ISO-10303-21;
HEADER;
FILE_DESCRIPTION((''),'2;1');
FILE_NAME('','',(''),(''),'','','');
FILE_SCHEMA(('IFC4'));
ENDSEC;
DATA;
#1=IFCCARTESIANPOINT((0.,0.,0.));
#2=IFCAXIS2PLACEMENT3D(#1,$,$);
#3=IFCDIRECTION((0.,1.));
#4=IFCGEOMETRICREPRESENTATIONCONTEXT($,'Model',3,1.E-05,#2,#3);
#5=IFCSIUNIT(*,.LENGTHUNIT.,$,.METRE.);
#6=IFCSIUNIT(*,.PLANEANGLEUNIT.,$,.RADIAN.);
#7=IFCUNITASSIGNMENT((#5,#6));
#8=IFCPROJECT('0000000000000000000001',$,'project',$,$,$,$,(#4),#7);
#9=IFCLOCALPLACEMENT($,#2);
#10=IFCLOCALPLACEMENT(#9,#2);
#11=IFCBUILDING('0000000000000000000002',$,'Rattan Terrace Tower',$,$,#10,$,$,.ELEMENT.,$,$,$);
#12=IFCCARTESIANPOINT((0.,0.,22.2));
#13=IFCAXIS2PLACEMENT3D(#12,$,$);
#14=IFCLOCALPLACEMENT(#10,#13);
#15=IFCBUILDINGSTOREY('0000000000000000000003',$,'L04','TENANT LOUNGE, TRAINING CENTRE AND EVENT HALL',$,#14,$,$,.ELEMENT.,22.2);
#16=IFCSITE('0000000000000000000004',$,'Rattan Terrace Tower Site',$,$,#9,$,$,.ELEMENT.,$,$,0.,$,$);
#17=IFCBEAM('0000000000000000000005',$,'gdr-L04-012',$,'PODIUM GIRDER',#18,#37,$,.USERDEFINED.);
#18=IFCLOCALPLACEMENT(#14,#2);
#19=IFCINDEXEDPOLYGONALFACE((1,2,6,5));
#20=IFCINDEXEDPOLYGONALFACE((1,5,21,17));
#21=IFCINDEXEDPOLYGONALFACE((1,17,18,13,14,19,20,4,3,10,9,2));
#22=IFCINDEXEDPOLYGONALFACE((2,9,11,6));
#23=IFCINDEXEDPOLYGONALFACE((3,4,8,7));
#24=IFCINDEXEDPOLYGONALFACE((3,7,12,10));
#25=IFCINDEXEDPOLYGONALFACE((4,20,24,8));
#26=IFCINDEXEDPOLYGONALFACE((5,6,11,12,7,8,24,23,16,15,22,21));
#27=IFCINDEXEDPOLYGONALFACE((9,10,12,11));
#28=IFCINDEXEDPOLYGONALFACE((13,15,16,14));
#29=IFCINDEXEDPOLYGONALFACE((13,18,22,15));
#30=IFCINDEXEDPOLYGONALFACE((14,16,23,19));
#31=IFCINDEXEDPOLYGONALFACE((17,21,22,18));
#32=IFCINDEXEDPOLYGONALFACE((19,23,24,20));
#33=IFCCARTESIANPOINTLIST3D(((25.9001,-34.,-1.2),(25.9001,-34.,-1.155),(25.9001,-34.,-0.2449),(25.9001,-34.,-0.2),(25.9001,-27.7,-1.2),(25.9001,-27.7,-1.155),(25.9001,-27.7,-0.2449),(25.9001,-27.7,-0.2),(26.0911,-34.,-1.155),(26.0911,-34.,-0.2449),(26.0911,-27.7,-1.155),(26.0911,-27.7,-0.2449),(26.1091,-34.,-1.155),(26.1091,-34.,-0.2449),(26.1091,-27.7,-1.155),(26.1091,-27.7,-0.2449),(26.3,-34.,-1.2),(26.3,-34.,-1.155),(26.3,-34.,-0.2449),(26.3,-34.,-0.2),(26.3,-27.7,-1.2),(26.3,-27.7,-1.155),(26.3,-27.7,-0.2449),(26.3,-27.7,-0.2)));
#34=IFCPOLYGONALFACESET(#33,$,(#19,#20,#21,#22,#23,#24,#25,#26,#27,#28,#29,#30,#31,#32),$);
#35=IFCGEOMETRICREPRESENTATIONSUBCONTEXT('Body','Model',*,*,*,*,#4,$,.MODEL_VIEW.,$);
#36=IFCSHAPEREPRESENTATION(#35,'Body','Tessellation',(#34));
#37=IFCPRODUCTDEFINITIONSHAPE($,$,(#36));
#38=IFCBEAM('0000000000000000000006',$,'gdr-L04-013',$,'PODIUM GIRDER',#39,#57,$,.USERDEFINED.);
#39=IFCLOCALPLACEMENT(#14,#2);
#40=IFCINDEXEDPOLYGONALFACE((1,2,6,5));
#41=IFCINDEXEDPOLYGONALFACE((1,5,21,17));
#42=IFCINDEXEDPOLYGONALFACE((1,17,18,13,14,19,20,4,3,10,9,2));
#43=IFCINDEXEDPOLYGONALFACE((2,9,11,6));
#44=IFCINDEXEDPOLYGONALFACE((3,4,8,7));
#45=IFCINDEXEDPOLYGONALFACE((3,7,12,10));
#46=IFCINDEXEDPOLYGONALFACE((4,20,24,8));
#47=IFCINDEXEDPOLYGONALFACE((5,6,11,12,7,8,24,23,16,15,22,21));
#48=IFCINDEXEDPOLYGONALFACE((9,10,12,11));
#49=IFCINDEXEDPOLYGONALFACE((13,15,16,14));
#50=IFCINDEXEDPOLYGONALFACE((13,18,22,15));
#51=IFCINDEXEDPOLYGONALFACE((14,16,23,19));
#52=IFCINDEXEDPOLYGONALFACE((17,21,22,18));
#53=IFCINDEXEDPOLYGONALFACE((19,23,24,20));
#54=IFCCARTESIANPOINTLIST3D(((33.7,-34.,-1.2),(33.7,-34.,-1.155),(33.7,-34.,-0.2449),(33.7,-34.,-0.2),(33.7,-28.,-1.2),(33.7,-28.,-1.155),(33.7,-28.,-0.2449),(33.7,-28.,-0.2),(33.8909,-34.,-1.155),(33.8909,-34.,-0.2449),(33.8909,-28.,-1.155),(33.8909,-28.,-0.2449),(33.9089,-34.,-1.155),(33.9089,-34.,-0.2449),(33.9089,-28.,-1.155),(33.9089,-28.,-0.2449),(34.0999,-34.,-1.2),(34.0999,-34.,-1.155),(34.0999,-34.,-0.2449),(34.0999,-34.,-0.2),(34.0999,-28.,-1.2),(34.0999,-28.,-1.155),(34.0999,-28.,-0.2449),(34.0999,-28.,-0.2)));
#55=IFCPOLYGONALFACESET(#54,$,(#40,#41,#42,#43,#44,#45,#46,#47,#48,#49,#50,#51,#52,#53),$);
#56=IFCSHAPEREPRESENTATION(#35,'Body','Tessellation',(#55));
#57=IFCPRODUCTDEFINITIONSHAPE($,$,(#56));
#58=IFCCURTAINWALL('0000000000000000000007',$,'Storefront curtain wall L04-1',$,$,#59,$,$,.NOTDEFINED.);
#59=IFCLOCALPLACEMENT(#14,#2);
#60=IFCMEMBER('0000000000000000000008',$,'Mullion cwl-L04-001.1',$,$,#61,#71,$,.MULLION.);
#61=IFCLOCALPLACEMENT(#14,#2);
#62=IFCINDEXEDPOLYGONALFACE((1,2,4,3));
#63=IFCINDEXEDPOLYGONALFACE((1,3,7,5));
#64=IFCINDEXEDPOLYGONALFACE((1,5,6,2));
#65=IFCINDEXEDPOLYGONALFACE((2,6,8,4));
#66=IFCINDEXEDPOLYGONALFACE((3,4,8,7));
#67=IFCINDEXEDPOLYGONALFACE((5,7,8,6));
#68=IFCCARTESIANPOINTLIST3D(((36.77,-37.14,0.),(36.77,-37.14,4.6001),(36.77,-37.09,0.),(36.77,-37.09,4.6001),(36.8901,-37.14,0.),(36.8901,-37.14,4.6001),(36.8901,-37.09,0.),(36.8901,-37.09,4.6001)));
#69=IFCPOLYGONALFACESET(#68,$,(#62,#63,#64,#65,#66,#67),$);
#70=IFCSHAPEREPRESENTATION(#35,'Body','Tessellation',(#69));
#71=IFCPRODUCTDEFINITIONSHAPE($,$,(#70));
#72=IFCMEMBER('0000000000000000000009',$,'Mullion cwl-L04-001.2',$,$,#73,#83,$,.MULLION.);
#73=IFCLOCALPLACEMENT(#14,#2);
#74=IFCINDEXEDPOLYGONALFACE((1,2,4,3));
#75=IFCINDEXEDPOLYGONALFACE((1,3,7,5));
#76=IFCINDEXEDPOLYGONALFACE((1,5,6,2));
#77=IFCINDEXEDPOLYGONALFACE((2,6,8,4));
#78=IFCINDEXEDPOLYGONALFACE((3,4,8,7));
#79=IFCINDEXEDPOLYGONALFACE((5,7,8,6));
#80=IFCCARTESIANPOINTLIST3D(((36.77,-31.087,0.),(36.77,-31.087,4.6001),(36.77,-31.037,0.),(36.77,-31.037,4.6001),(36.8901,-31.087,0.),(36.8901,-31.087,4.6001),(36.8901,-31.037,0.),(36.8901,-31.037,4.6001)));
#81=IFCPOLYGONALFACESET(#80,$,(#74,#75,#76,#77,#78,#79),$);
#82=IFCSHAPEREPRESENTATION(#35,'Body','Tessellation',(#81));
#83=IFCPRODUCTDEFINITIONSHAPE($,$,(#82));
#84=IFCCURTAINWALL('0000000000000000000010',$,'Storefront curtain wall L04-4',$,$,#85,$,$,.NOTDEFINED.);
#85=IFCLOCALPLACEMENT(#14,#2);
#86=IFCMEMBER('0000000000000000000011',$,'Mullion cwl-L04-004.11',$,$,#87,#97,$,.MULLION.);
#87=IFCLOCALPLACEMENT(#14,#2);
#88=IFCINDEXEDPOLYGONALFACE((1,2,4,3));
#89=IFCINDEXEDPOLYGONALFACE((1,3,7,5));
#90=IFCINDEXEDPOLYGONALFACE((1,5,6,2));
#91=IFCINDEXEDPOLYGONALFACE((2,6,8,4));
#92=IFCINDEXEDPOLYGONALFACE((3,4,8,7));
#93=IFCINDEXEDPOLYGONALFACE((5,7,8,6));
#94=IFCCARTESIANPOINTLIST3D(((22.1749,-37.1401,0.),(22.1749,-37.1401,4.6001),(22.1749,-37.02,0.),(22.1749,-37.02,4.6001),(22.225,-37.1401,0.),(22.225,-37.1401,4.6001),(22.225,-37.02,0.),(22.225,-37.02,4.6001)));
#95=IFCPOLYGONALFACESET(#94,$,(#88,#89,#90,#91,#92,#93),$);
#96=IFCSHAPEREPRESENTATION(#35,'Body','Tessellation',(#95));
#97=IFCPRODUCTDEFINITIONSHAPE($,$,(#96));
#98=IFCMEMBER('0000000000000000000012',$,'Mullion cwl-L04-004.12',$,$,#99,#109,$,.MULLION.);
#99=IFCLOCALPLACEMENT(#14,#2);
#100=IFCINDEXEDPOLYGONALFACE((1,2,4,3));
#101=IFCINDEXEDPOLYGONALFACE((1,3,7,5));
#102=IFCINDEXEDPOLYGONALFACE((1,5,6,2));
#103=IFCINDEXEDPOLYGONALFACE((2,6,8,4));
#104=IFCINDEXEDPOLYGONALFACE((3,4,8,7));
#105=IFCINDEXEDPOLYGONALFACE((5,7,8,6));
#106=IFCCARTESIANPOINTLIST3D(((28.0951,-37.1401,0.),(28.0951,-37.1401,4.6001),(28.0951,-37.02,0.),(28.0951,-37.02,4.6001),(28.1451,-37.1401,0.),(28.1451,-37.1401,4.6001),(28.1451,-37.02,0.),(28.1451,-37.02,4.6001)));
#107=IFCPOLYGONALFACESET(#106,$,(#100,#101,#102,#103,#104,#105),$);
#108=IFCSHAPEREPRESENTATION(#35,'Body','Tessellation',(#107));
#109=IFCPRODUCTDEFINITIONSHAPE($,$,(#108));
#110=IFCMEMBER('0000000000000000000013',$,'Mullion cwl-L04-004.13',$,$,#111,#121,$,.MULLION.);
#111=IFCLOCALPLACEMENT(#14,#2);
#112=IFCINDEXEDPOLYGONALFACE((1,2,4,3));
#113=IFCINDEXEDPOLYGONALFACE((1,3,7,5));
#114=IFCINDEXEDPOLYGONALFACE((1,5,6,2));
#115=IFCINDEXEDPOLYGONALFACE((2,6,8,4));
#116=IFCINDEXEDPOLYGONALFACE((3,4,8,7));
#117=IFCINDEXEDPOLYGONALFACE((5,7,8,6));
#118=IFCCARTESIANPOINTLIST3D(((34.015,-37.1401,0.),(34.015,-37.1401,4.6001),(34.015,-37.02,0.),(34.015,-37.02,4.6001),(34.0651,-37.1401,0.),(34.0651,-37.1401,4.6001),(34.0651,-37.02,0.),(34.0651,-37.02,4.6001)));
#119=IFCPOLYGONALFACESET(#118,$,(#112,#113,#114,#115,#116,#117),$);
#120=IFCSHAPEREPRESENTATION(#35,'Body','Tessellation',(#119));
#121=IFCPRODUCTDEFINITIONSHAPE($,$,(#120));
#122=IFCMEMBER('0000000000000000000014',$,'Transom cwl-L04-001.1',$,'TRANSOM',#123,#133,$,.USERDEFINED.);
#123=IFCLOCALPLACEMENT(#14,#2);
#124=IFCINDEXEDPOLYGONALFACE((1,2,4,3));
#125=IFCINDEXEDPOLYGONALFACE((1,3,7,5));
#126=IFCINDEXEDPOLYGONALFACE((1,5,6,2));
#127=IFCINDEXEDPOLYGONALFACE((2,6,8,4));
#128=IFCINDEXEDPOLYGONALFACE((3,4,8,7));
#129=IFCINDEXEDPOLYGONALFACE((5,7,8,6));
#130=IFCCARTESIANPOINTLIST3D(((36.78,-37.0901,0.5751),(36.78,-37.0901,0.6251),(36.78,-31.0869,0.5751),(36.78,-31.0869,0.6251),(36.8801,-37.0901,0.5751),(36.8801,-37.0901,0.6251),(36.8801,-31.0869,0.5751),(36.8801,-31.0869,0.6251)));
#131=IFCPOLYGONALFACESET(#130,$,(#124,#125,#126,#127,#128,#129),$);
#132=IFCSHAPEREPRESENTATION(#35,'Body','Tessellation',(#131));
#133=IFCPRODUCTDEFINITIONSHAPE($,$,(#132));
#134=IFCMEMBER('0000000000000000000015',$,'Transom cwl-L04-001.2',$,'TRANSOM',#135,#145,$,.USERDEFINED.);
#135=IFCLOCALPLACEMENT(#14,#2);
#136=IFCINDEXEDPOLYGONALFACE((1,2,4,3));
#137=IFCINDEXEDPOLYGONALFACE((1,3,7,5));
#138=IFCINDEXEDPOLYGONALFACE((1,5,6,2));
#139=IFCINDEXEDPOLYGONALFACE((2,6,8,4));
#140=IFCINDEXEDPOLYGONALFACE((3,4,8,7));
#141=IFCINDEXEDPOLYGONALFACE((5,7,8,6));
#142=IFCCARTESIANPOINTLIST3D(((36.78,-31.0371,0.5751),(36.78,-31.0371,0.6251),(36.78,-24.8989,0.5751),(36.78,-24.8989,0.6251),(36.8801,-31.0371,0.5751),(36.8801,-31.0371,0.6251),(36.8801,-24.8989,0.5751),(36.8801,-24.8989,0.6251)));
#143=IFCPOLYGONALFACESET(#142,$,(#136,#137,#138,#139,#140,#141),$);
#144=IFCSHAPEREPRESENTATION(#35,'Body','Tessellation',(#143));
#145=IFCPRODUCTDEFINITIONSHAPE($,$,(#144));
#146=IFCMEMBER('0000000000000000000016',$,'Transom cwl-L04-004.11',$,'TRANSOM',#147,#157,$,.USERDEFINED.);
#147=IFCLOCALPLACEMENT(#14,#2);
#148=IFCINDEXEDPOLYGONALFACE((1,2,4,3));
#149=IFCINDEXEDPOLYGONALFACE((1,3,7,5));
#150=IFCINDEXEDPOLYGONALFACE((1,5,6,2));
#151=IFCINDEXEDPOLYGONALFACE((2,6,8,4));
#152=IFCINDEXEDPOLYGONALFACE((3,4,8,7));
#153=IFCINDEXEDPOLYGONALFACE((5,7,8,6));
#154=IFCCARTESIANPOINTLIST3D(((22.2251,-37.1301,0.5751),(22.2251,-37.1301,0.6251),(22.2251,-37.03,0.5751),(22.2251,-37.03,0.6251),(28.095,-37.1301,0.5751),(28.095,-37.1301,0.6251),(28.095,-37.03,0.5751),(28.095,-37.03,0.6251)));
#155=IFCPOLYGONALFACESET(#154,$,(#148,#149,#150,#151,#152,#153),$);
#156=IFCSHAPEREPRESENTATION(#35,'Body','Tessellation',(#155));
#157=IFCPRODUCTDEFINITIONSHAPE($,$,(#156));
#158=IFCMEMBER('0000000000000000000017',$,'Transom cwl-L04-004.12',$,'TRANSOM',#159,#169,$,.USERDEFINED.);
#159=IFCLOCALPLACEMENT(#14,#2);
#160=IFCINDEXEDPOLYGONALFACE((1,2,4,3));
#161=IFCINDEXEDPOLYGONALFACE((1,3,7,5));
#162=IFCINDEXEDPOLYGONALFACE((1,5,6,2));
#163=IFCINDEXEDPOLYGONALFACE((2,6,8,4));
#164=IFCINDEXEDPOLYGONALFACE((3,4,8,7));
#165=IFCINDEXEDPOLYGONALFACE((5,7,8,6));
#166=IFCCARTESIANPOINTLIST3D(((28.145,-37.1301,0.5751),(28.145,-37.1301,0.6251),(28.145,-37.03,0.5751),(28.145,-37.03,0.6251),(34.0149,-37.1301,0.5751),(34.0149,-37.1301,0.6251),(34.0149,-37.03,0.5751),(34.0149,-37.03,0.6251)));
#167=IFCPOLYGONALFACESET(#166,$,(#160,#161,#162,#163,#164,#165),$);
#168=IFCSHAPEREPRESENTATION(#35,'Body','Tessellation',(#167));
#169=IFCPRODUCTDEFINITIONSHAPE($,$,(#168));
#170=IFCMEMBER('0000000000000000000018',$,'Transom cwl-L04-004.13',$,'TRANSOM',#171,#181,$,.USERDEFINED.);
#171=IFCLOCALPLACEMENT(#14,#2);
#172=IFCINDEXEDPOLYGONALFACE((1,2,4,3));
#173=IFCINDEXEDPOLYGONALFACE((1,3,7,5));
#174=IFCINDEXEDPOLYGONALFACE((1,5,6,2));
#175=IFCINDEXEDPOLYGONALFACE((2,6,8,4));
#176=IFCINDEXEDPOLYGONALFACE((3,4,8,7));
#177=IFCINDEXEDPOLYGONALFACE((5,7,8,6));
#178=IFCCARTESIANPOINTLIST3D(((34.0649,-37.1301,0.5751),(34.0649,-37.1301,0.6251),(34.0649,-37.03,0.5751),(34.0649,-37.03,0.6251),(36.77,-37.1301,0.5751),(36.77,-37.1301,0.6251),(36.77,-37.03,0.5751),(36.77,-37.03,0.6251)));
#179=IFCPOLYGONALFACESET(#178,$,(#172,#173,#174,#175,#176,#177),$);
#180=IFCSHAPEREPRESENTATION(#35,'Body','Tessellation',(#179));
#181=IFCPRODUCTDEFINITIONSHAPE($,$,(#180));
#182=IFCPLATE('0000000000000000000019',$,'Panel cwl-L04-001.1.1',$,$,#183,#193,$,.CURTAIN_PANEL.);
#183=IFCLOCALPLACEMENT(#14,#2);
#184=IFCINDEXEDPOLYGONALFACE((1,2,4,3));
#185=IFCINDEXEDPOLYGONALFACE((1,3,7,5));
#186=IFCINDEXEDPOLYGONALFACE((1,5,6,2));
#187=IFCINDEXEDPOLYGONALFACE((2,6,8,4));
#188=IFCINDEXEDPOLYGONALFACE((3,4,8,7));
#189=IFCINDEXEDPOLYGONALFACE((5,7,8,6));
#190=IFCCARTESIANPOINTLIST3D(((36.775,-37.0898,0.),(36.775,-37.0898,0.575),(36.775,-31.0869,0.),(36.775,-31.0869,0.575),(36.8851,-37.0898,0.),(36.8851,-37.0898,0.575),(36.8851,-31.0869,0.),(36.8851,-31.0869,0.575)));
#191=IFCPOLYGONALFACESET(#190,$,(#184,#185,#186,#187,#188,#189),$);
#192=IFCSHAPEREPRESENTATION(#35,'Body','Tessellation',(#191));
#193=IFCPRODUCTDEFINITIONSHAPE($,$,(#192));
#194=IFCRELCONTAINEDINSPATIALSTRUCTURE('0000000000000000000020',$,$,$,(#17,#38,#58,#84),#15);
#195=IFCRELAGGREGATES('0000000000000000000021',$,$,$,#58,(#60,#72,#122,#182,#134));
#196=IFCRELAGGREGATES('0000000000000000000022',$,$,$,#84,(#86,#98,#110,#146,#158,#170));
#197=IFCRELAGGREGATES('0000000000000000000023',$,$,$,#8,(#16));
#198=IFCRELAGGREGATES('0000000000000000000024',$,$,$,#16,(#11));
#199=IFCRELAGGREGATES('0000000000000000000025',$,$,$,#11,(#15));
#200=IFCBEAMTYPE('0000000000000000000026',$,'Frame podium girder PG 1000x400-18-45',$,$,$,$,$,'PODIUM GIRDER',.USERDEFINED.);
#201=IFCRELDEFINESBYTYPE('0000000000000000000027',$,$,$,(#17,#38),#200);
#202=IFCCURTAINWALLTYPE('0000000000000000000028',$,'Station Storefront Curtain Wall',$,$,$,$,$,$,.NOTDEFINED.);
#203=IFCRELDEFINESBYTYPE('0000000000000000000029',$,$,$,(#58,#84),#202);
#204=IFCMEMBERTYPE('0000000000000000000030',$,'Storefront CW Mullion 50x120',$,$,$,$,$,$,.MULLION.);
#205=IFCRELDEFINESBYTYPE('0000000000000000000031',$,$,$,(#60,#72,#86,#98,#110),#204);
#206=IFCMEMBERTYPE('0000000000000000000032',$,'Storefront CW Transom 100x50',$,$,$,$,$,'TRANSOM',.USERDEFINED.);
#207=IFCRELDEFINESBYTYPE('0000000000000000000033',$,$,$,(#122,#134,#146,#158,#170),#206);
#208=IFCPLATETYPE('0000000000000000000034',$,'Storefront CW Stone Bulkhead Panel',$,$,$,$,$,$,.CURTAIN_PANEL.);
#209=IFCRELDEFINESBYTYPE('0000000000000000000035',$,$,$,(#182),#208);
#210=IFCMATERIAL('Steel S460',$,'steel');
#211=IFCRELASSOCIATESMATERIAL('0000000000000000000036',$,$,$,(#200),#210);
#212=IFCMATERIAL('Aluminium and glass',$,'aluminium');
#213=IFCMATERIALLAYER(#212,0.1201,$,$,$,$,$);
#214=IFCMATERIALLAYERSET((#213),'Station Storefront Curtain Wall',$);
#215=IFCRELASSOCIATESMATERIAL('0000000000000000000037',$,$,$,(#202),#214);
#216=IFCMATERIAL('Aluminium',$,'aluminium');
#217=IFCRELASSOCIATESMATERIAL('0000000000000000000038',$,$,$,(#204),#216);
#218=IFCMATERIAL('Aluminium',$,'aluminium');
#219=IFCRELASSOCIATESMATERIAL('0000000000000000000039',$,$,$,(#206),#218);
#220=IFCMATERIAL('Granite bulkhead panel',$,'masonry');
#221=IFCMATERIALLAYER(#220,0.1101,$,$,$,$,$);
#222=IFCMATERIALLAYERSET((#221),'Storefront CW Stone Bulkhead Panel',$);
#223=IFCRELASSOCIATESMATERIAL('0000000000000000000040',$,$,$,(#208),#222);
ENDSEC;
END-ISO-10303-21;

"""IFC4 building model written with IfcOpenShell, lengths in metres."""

from ifc_helpers import new_model, si_unit, direction, frame, origin, origin_2d, place, context, subcontext, project, spatial, rectangle, i_section, extrude, material, layer, layer_set, material_profile, profile_set, type_object, element, aggregate, save


model = new_model("IFC4")

# Units and contexts
model_context = context("Model", 3, precision=1e-05, world=origin(), true_north=direction((0.0, 1.0)))
body_context = subcontext(model_context, "Body", "Model", "MODEL_VIEW")
ifc_project = project(units=[si_unit("LENGTHUNIT", "METRE"), si_unit("PLANEANGLEUNIT", "RADIAN")], contexts=[model_context])

# Site, building, storey
site_placement = place(None, origin())
site = spatial("IfcSite", under=ifc_project, at=site_placement, Name="Rattan Terrace Tower Site", CompositionType="ELEMENT", RefElevation=0.0)
building_placement = place(site_placement, origin())
building = spatial("IfcBuilding", under=site, at=building_placement, Name="Rattan Terrace Tower", CompositionType="ELEMENT")
storey_placement = place(building_placement, frame((0.0, 0.0, 22.2)))
storey = spatial("IfcBuildingStorey", under=building, at=storey_placement, Name="L04", Description="TENANT LOUNGE, TRAINING CENTRE AND EVENT HALL", CompositionType="ELEMENT", Elevation=22.2)

# Beams
ifc_material_1 = material(Name="Steel S460", Category="steel")
ifc_material_profile_1 = material_profile(ifc_material_1, i_section(OverallWidth=0.3999, OverallDepth=1.0, WebThickness=0.0181, FlangeThickness=0.0449, at=origin_2d()), Name="PG 1000x400-18-45")
ifc_profile_set_1 = profile_set([ifc_material_profile_1], Name="Steel S460")
beam_type_1 = type_object("IfcBeamType", Name="Frame podium girder PG 1000x400-18-45", ElementType="PODIUM GIRDER", PredefinedType="USERDEFINED", material=ifc_profile_set_1)
beam_1_placement = place(storey_placement, frame((26.1001, -34.0, -0.7), z_axis=(0.0, 1.0, 0.0), x_axis=(-1.0, 0.0, 0.0)))
element("IfcBeam", 1, at=beam_1_placement, inside=storey, type_object=beam_type_1, Name="gdr-L04-012", ObjectType="PODIUM GIRDER", PredefinedType="USERDEFINED", context=body_context, shape_type="SweptSolid", body=[
    extrude(i_section(OverallWidth=0.3999, OverallDepth=1.0, WebThickness=0.0181, FlangeThickness=0.0449, at=origin_2d()), origin(), (0.0, 0.0, 1.0), 6.3),
])
beam_2_placement = place(storey_placement, frame((33.8999, -34.0, -0.7), z_axis=(0.0, 1.0, 0.0), x_axis=(-1.0, 0.0, 0.0)))
element("IfcBeam", 2, at=beam_2_placement, inside=storey, type_object=beam_type_1, Name="gdr-L04-013", ObjectType="PODIUM GIRDER", PredefinedType="USERDEFINED", context=body_context, shape_type="SweptSolid", body=[
    extrude(i_section(OverallWidth=0.3999, OverallDepth=1.0, WebThickness=0.0181, FlangeThickness=0.0449, at=origin_2d()), origin(), (0.0, 0.0, 1.0), 6.0),
])

# Curtain walls, members
ifc_material_2 = material(Name="Aluminium and glass", Category="aluminium")
ifc_layer_1 = layer(ifc_material_2, 0.1201)
ifc_layer_set_1 = layer_set([ifc_layer_1], Name="Station Storefront Curtain Wall")
curtain_wall_type = type_object("IfcCurtainWallType", Name="Station Storefront Curtain Wall", PredefinedType="NOTDEFINED", material=ifc_layer_set_1)
curtain_wall_1_placement = place(storey_placement, origin())
curtain_wall_1 = element("IfcCurtainWall", 3, at=curtain_wall_1_placement, inside=storey, type_object=curtain_wall_type, Name="Storefront curtain wall L04-1", PredefinedType="NOTDEFINED")
ifc_material_3 = material(Name="Aluminium", Category="aluminium")
ifc_material_profile_2 = material_profile(ifc_material_3, rectangle(XDim=0.05, YDim=0.1201, at=origin_2d()), Name="Aluminium 50x120")
ifc_profile_set_2 = profile_set([ifc_material_profile_2], Name="Aluminium")
member_type_1 = type_object("IfcMemberType", Name="Storefront CW Mullion 50x120", PredefinedType="MULLION", material=ifc_profile_set_2)
member_1_placement = place(storey_placement, frame((36.8301, -37.115, 0.0), z_axis=(0.0, 0.0, 1.0), x_axis=(0.0, 1.0, 0.0)))
member_1 = element("IfcMember", 4, at=member_1_placement, type_object=member_type_1, Name="Mullion cwl-L04-001.1", PredefinedType="MULLION", context=body_context, shape_type="SweptSolid", body=[
    extrude(rectangle(XDim=0.05, YDim=0.1201, at=origin_2d()), origin(), (0.0, 0.0, 1.0), 4.6001),
])
member_2_placement = place(storey_placement, frame((36.8301, -31.062, 0.0), z_axis=(0.0, 0.0, 1.0), x_axis=(0.0, 1.0, 0.0)))
member_2 = element("IfcMember", 5, at=member_2_placement, type_object=member_type_1, Name="Mullion cwl-L04-001.2", PredefinedType="MULLION", context=body_context, shape_type="SweptSolid", body=[
    extrude(rectangle(XDim=0.05, YDim=0.1201, at=origin_2d()), origin(), (0.0, 0.0, 1.0), 4.6001),
])
curtain_wall_2_placement = place(storey_placement, origin())
curtain_wall_2 = element("IfcCurtainWall", 6, at=curtain_wall_2_placement, inside=storey, type_object=curtain_wall_type, Name="Storefront curtain wall L04-4", PredefinedType="NOTDEFINED")
member_3_placement = place(storey_placement, frame((22.2, -37.0801, 0.0), z_axis=(0.0, 0.0, 1.0), x_axis=(1.0, 0.0, 0.0)))
member_3 = element("IfcMember", 7, at=member_3_placement, type_object=member_type_1, Name="Mullion cwl-L04-004.11", PredefinedType="MULLION", context=body_context, shape_type="SweptSolid", body=[
    extrude(rectangle(XDim=0.05, YDim=0.1201, at=origin_2d()), origin(), (0.0, 0.0, 1.0), 4.6001),
])
member_4_placement = place(storey_placement, frame((28.1201, -37.0801, 0.0), z_axis=(0.0, 0.0, 1.0), x_axis=(1.0, 0.0, 0.0)))
member_4 = element("IfcMember", 8, at=member_4_placement, type_object=member_type_1, Name="Mullion cwl-L04-004.12", PredefinedType="MULLION", context=body_context, shape_type="SweptSolid", body=[
    extrude(rectangle(XDim=0.05, YDim=0.1201, at=origin_2d()), origin(), (0.0, 0.0, 1.0), 4.6001),
])
member_5_placement = place(storey_placement, frame((34.04, -37.0801, 0.0), z_axis=(0.0, 0.0, 1.0), x_axis=(1.0, 0.0, 0.0)))
member_5 = element("IfcMember", 9, at=member_5_placement, type_object=member_type_1, Name="Mullion cwl-L04-004.13", PredefinedType="MULLION", context=body_context, shape_type="SweptSolid", body=[
    extrude(rectangle(XDim=0.05, YDim=0.1201, at=origin_2d()), origin(), (0.0, 0.0, 1.0), 4.6001),
])

# Members
ifc_material_4 = material(Name="Aluminium", Category="aluminium")
ifc_material_profile_3 = material_profile(ifc_material_4, rectangle(XDim=0.1001, YDim=0.05, at=origin_2d()), Name="Aluminium 100x50")
ifc_profile_set_3 = profile_set([ifc_material_profile_3], Name="Aluminium")
member_type_2 = type_object("IfcMemberType", Name="Storefront CW Transom 100x50", ElementType="TRANSOM", PredefinedType="USERDEFINED", material=ifc_profile_set_3)
member_6_placement = place(storey_placement, frame((36.8301, -37.0901, 0.6001), z_axis=(0.0, 1.0, 0.0), x_axis=(-1.0, 0.0, 0.0)))
member_6 = element("IfcMember", 10, at=member_6_placement, type_object=member_type_2, Name="Transom cwl-L04-001.1", ObjectType="TRANSOM", PredefinedType="USERDEFINED", context=body_context, shape_type="SweptSolid", body=[
    extrude(rectangle(XDim=0.1001, YDim=0.05, at=origin_2d()), origin(), (0.0, 0.0, 1.0), 6.0032),
])
member_7_placement = place(storey_placement, frame((36.8301, -31.0371, 0.6001), z_axis=(0.0, 1.0, 0.0), x_axis=(-1.0, 0.0, 0.0)))
member_7 = element("IfcMember", 11, at=member_7_placement, type_object=member_type_2, Name="Transom cwl-L04-001.2", ObjectType="TRANSOM", PredefinedType="USERDEFINED", context=body_context, shape_type="SweptSolid", body=[
    extrude(rectangle(XDim=0.1001, YDim=0.05, at=origin_2d()), origin(), (0.0, 0.0, 1.0), 6.1382),
])
member_8_placement = place(storey_placement, frame((22.2251, -37.0801, 0.6001), z_axis=(1.0, 0.0, 0.0), x_axis=(0.0, 1.0, 0.0)))
member_8 = element("IfcMember", 12, at=member_8_placement, type_object=member_type_2, Name="Transom cwl-L04-004.11", ObjectType="TRANSOM", PredefinedType="USERDEFINED", context=body_context, shape_type="SweptSolid", body=[
    extrude(rectangle(XDim=0.1001, YDim=0.05, at=origin_2d()), origin(), (0.0, 0.0, 1.0), 5.8699),
])
member_9_placement = place(storey_placement, frame((28.145, -37.0801, 0.6001), z_axis=(1.0, 0.0, 0.0), x_axis=(0.0, 1.0, 0.0)))
member_9 = element("IfcMember", 13, at=member_9_placement, type_object=member_type_2, Name="Transom cwl-L04-004.12", ObjectType="TRANSOM", PredefinedType="USERDEFINED", context=body_context, shape_type="SweptSolid", body=[
    extrude(rectangle(XDim=0.1001, YDim=0.05, at=origin_2d()), origin(), (0.0, 0.0, 1.0), 5.8699),
])
member_10_placement = place(storey_placement, frame((34.0649, -37.0801, 0.6001), z_axis=(1.0, 0.0, 0.0), x_axis=(0.0, 1.0, 0.0)))
member_10 = element("IfcMember", 14, at=member_10_placement, type_object=member_type_2, Name="Transom cwl-L04-004.13", ObjectType="TRANSOM", PredefinedType="USERDEFINED", context=body_context, shape_type="SweptSolid", body=[
    extrude(rectangle(XDim=0.1001, YDim=0.05, at=origin_2d()), origin(), (0.0, 0.0, 1.0), 2.7051),
])

# Plate
ifc_material_5 = material(Name="Granite bulkhead panel", Category="masonry")
ifc_layer_2 = layer(ifc_material_5, 0.1101)
ifc_layer_set_2 = layer_set([ifc_layer_2], Name="Storefront CW Stone Bulkhead Panel")
plate_type_1 = type_object("IfcPlateType", Name="Storefront CW Stone Bulkhead Panel", PredefinedType="CURTAIN_PANEL", material=ifc_layer_set_2)
plate_1_placement = place(storey_placement, frame((36.8301, -34.0884, 0.0), z_axis=(0.0, 0.0, 1.0), x_axis=(0.0, 1.0, 0.0)))
plate_1 = element("IfcPlate", 15, at=plate_1_placement, type_object=plate_type_1, Name="Panel cwl-L04-001.1.1", PredefinedType="CURTAIN_PANEL", context=body_context, shape_type="SweptSolid", body=[
    extrude(rectangle(XDim=6.0029, YDim=0.1101, at=origin_2d()), origin(), (0.0, 0.0, 1.0), 0.575),
])
aggregate(curtain_wall_1, [member_1, member_2, member_6, plate_1, member_7])
aggregate(curtain_wall_2, [member_3, member_4, member_5, member_8, member_9, member_10])

save(model, "model.ifc")
